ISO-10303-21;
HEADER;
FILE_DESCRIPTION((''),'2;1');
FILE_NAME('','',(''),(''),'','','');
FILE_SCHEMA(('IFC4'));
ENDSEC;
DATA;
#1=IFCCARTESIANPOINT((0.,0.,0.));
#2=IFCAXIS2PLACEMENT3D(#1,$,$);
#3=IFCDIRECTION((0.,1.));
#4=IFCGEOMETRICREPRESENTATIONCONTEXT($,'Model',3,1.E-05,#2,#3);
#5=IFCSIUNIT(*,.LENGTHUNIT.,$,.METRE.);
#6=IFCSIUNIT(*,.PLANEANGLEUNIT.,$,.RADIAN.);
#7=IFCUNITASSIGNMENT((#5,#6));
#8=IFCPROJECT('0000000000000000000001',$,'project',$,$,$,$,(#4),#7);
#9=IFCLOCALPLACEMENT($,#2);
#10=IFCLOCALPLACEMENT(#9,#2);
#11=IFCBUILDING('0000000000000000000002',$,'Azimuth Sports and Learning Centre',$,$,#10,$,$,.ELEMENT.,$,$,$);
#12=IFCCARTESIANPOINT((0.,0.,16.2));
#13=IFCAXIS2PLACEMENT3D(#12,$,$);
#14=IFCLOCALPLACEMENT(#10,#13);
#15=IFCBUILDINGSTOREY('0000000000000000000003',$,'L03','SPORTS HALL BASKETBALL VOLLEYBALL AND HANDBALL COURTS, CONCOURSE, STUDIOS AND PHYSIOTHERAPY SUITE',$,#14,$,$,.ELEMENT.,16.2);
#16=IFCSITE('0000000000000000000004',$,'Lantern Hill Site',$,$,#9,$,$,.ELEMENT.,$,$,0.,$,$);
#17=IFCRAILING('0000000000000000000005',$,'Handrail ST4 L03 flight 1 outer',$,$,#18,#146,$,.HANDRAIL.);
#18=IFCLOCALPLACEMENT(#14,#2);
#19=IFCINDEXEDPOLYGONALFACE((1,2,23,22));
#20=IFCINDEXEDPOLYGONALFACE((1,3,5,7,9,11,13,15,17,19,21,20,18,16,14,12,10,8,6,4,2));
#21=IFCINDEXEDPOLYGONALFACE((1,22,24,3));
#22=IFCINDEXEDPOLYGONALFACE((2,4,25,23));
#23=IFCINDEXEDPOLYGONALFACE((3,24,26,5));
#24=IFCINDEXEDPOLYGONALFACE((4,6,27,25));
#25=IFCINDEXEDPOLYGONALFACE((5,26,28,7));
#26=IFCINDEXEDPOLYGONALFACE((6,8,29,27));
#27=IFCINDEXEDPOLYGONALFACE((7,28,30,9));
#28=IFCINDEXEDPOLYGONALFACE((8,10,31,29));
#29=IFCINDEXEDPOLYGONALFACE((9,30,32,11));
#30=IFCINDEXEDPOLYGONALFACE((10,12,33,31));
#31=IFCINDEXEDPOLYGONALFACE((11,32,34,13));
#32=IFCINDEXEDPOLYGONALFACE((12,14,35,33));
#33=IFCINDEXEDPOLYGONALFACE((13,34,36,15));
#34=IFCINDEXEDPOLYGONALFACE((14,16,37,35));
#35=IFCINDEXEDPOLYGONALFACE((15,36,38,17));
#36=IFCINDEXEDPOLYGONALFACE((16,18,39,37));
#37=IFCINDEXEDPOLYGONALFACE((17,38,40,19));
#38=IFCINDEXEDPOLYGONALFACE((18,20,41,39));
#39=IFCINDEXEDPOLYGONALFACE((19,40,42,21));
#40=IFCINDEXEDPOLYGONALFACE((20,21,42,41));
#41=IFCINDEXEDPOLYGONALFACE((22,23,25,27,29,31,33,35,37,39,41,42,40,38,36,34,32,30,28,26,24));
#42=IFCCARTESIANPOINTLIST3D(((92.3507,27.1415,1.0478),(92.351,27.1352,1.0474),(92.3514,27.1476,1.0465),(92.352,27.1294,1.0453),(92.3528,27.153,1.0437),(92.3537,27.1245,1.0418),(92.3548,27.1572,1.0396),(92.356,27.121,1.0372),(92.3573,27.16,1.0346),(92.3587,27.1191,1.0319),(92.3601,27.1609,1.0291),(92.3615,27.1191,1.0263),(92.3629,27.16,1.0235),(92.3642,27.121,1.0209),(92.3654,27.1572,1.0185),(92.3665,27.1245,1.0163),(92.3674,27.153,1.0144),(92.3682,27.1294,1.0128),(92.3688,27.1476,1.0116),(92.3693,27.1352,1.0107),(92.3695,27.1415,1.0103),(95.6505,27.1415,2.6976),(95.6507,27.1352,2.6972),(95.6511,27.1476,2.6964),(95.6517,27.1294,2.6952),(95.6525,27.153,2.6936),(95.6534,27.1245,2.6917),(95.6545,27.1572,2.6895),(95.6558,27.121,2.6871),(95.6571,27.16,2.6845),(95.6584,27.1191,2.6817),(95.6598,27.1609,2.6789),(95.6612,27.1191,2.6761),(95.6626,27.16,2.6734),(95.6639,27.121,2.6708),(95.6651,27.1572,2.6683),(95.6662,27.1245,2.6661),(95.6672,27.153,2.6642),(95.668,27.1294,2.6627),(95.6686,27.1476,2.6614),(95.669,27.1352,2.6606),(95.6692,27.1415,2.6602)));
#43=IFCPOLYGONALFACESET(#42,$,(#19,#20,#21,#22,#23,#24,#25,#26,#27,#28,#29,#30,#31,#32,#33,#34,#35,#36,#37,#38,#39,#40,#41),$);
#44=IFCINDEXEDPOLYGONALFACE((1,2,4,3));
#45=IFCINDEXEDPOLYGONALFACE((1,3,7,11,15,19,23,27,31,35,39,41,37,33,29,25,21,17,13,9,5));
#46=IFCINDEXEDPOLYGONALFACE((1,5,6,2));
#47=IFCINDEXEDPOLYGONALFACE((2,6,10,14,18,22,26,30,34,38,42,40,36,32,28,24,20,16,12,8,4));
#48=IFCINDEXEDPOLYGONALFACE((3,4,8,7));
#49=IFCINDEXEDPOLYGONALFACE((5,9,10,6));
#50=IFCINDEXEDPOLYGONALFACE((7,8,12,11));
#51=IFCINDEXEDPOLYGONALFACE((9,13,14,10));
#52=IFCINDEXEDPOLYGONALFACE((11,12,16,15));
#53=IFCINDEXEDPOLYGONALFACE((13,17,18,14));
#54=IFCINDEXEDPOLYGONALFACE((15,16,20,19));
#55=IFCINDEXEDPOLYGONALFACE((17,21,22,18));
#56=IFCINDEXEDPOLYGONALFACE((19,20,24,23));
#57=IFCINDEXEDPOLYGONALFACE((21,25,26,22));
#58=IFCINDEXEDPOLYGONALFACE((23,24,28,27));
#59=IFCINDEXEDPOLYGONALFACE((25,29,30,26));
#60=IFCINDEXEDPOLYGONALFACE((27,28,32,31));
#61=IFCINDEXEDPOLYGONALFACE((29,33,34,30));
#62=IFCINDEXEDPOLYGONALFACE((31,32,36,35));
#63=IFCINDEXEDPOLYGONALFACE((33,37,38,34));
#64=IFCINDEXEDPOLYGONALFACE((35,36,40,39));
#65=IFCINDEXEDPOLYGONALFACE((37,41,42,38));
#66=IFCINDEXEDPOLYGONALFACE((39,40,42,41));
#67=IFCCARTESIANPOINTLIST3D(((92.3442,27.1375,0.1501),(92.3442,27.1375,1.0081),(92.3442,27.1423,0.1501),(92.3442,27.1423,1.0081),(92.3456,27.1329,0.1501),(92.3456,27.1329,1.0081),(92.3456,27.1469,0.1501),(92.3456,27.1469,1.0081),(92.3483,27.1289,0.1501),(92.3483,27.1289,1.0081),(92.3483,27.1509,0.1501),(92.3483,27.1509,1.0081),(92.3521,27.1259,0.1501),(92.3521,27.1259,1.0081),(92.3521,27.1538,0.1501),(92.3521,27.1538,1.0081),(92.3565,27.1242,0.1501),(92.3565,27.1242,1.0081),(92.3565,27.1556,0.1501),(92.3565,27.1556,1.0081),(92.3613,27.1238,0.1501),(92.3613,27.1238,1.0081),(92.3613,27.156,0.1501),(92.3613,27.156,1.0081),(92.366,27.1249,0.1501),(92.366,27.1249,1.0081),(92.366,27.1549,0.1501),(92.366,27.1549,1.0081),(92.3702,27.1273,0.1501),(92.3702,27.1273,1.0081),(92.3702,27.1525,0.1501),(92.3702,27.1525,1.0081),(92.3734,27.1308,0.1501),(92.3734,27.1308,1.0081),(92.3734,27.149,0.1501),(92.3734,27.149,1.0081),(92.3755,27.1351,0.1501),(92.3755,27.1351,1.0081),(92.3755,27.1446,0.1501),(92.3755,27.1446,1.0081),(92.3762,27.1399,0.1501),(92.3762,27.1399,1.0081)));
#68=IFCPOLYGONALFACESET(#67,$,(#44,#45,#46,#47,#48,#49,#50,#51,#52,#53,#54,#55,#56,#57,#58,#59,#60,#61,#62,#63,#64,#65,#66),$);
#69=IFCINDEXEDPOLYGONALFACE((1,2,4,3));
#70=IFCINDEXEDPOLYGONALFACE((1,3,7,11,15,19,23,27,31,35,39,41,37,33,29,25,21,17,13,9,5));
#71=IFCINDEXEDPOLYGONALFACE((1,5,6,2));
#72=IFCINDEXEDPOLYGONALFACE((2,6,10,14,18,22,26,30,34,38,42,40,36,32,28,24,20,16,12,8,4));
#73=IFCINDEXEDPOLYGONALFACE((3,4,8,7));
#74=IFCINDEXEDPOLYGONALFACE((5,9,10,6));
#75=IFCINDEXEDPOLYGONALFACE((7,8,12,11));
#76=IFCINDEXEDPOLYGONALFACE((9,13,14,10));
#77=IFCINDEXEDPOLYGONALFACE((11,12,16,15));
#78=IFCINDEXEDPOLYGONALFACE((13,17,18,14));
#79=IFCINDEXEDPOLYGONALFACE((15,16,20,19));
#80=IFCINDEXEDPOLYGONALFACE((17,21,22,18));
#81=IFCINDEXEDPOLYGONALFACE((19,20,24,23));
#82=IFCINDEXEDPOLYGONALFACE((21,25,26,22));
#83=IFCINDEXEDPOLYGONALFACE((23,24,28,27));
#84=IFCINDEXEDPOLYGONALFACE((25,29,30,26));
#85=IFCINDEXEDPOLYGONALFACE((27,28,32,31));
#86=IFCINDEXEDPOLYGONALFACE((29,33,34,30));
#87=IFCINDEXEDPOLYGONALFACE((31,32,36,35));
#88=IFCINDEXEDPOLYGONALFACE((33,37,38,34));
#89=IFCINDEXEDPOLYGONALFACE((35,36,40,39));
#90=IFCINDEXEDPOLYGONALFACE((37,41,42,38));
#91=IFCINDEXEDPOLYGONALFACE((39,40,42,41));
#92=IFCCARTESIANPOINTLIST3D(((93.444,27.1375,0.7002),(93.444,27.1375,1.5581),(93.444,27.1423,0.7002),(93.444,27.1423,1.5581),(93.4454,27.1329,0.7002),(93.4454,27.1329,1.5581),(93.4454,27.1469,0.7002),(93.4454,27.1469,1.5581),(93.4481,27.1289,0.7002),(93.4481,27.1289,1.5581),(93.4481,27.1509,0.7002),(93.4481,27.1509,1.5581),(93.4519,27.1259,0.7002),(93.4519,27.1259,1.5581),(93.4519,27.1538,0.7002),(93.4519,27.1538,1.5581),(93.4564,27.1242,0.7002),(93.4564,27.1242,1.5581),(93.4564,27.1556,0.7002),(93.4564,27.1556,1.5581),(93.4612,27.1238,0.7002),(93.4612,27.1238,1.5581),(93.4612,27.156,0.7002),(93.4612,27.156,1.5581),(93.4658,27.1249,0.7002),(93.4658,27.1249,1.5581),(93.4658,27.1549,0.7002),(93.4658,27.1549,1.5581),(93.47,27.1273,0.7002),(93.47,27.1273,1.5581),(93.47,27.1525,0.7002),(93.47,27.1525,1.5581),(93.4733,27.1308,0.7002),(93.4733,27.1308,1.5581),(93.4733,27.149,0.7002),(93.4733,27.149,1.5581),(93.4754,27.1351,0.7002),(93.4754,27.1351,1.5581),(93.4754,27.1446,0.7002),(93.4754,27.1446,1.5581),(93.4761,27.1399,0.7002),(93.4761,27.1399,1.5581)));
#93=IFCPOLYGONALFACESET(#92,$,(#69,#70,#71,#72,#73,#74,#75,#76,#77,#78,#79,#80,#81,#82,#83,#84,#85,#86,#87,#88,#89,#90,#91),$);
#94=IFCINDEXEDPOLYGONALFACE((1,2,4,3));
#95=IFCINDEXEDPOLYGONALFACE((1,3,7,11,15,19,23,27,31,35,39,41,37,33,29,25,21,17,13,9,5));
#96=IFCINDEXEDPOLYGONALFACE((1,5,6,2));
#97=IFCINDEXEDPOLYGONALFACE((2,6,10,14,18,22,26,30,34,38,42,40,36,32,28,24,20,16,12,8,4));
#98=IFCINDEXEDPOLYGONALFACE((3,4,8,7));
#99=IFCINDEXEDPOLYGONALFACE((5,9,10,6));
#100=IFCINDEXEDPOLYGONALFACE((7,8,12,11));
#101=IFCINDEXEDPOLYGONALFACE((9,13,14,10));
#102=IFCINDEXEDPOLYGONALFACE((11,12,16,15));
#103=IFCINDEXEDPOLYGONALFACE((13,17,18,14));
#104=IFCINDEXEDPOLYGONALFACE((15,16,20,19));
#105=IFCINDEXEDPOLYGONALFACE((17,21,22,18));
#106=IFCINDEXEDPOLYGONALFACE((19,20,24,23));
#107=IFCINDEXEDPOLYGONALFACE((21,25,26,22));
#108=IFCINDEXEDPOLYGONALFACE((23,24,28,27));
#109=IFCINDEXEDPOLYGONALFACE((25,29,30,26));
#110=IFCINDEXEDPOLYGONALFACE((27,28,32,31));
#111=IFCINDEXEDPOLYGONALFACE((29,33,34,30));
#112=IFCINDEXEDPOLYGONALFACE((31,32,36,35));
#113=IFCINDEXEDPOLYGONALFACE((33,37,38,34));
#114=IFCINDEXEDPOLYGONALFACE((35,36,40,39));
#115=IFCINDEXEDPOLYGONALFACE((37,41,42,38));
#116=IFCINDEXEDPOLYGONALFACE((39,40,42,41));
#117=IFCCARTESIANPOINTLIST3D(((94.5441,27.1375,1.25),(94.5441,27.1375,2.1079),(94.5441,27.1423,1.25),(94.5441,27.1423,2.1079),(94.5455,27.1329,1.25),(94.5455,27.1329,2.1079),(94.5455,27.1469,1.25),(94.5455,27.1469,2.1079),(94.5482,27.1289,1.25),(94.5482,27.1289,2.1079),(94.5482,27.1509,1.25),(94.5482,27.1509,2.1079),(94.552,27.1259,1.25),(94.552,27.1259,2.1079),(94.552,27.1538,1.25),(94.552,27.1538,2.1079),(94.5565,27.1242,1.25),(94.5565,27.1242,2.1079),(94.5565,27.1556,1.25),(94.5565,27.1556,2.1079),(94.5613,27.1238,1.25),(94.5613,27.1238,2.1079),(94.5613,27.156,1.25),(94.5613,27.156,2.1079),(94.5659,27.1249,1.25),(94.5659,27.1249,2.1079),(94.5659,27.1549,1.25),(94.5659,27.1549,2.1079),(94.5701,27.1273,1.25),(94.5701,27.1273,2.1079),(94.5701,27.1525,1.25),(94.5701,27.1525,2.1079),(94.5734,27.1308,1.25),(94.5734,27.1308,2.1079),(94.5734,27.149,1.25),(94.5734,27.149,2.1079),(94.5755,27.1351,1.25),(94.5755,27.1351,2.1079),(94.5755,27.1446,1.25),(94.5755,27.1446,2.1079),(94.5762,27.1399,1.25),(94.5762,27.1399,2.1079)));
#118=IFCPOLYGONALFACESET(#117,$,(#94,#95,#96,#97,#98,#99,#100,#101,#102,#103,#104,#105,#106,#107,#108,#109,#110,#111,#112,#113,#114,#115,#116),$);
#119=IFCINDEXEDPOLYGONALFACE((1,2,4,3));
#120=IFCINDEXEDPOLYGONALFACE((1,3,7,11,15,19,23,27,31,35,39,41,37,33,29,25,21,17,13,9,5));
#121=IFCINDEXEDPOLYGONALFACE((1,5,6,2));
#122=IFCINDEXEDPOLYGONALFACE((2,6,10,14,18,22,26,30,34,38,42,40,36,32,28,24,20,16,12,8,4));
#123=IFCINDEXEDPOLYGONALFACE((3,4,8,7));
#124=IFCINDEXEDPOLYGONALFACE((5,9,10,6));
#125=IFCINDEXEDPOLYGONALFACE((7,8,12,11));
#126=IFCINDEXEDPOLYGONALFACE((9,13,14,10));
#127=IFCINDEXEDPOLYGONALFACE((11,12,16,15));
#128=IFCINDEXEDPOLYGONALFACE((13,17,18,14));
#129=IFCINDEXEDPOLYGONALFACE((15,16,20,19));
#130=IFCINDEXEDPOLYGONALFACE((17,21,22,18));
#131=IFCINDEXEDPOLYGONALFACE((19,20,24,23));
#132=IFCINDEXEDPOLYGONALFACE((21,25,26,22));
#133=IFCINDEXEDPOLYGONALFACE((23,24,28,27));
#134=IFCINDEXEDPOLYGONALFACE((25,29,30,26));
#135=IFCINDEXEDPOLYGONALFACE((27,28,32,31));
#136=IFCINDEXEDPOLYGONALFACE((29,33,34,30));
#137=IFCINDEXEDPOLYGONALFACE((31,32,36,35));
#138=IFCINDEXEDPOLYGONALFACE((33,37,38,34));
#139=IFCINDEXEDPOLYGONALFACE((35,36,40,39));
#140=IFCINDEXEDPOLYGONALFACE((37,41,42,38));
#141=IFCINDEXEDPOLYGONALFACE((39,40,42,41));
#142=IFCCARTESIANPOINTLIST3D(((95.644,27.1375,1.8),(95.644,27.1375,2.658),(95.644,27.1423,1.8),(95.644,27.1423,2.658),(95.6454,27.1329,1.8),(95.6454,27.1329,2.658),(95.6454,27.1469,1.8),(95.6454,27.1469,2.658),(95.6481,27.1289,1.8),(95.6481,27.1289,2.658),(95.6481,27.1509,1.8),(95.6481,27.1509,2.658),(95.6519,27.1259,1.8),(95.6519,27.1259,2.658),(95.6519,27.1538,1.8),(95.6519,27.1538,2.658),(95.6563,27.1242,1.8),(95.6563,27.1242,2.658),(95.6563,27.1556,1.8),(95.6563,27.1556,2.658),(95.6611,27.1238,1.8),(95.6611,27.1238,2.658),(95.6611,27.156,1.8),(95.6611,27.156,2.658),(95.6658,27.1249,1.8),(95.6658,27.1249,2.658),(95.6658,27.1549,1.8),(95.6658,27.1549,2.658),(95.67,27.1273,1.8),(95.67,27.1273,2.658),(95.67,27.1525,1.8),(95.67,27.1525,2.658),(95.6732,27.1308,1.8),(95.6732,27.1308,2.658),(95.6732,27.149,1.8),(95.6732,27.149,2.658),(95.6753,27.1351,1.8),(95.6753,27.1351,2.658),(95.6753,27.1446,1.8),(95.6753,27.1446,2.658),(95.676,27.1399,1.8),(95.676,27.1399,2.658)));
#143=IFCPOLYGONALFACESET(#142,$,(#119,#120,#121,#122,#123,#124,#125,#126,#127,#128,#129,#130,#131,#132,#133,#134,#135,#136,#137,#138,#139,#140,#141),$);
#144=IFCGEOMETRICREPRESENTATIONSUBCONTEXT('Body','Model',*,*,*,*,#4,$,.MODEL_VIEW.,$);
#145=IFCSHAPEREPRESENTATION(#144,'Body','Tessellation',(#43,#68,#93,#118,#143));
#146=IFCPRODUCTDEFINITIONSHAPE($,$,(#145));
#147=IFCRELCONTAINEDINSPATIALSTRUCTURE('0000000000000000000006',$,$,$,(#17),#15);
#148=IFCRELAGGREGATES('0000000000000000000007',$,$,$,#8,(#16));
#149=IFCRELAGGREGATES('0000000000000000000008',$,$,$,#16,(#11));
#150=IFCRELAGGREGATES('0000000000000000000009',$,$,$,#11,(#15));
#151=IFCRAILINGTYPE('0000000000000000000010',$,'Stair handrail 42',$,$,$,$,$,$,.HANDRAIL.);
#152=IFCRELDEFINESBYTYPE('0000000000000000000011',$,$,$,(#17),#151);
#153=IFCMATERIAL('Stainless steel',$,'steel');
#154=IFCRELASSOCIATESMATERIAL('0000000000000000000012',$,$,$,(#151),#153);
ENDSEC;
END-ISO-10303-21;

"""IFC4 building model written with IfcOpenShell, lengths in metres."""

from ifc_helpers import new_model, si_unit, direction, frame, origin, origin_2d, place, context, subcontext, project, spatial, circle, extrude, material, type_object, element, save


model = new_model("IFC4")

# Units and contexts
model_context = context("Model", 3, precision=1e-05, world=origin(), true_north=direction((0.0, 1.0)))
body_context = subcontext(model_context, "Body", "Model", "MODEL_VIEW")
ifc_project = project(units=[si_unit("LENGTHUNIT", "METRE"), si_unit("PLANEANGLEUNIT", "RADIAN")], contexts=[model_context])

# Site, building, storey
site_placement = place(None, origin())
site = spatial("IfcSite", under=ifc_project, at=site_placement, Name="Lantern Hill Site", CompositionType="ELEMENT", RefElevation=0.0)
building_placement = place(site_placement, origin())
building = spatial("IfcBuilding", under=site, at=building_placement, Name="Azimuth Sports and Learning Centre", CompositionType="ELEMENT")
storey_placement = place(building_placement, frame((0.0, 0.0, 16.2)))
storey = spatial("IfcBuildingStorey", under=building, at=storey_placement, Name="L03", Description="SPORTS HALL BASKETBALL VOLLEYBALL AND HANDBALL COURTS, CONCOURSE, STUDIOS AND PHYSIOTHERAPY SUITE", CompositionType="ELEMENT", Elevation=16.2)

# Railing
ifc_material_1 = material(Name="Stainless steel", Category="steel")
railing_type_1 = type_object("IfcRailingType", Name="Stair handrail 42", PredefinedType="HANDRAIL", material=ifc_material_1)
for number, where, name in (
    (1, (92.3601, 27.1399, 0.1501), "Handrail ST4 L03 flight 1 outer"),
):
    element("IfcRailing", number, at=place(storey_placement, frame(where)), inside=storey, type_object=railing_type_1, Name=name, PredefinedType="HANDRAIL", context=body_context, shape_type="SweptSolid", body=[
        extrude(circle(Radius=0.021, at=origin_2d()), frame((0.0, 0.0, 0.8789), z_axis=(0.894427, 0.0, 0.447214), x_axis=(0.0, 1.0, 0.0)), (0.0, 0.0, 1.0), 3.6892),
        extrude(circle(Radius=0.0161, at=origin_2d()), origin(), (0.0, 0.0, 1.0), 0.8579),
        extrude(circle(Radius=0.0161, at=origin_2d()), frame((1.0999, 0.0, 0.55)), (0.0, 0.0, 1.0), 0.8579),
        extrude(circle(Radius=0.0161, at=origin_2d()), frame((2.2, 0.0, 1.0999)), (0.0, 0.0, 1.0), 0.8579),
        extrude(circle(Radius=0.0161, at=origin_2d()), frame((3.2998, 0.0, 1.6499)), (0.0, 0.0, 1.0), 0.8579),
    ])

save(model, "model.ifc")
